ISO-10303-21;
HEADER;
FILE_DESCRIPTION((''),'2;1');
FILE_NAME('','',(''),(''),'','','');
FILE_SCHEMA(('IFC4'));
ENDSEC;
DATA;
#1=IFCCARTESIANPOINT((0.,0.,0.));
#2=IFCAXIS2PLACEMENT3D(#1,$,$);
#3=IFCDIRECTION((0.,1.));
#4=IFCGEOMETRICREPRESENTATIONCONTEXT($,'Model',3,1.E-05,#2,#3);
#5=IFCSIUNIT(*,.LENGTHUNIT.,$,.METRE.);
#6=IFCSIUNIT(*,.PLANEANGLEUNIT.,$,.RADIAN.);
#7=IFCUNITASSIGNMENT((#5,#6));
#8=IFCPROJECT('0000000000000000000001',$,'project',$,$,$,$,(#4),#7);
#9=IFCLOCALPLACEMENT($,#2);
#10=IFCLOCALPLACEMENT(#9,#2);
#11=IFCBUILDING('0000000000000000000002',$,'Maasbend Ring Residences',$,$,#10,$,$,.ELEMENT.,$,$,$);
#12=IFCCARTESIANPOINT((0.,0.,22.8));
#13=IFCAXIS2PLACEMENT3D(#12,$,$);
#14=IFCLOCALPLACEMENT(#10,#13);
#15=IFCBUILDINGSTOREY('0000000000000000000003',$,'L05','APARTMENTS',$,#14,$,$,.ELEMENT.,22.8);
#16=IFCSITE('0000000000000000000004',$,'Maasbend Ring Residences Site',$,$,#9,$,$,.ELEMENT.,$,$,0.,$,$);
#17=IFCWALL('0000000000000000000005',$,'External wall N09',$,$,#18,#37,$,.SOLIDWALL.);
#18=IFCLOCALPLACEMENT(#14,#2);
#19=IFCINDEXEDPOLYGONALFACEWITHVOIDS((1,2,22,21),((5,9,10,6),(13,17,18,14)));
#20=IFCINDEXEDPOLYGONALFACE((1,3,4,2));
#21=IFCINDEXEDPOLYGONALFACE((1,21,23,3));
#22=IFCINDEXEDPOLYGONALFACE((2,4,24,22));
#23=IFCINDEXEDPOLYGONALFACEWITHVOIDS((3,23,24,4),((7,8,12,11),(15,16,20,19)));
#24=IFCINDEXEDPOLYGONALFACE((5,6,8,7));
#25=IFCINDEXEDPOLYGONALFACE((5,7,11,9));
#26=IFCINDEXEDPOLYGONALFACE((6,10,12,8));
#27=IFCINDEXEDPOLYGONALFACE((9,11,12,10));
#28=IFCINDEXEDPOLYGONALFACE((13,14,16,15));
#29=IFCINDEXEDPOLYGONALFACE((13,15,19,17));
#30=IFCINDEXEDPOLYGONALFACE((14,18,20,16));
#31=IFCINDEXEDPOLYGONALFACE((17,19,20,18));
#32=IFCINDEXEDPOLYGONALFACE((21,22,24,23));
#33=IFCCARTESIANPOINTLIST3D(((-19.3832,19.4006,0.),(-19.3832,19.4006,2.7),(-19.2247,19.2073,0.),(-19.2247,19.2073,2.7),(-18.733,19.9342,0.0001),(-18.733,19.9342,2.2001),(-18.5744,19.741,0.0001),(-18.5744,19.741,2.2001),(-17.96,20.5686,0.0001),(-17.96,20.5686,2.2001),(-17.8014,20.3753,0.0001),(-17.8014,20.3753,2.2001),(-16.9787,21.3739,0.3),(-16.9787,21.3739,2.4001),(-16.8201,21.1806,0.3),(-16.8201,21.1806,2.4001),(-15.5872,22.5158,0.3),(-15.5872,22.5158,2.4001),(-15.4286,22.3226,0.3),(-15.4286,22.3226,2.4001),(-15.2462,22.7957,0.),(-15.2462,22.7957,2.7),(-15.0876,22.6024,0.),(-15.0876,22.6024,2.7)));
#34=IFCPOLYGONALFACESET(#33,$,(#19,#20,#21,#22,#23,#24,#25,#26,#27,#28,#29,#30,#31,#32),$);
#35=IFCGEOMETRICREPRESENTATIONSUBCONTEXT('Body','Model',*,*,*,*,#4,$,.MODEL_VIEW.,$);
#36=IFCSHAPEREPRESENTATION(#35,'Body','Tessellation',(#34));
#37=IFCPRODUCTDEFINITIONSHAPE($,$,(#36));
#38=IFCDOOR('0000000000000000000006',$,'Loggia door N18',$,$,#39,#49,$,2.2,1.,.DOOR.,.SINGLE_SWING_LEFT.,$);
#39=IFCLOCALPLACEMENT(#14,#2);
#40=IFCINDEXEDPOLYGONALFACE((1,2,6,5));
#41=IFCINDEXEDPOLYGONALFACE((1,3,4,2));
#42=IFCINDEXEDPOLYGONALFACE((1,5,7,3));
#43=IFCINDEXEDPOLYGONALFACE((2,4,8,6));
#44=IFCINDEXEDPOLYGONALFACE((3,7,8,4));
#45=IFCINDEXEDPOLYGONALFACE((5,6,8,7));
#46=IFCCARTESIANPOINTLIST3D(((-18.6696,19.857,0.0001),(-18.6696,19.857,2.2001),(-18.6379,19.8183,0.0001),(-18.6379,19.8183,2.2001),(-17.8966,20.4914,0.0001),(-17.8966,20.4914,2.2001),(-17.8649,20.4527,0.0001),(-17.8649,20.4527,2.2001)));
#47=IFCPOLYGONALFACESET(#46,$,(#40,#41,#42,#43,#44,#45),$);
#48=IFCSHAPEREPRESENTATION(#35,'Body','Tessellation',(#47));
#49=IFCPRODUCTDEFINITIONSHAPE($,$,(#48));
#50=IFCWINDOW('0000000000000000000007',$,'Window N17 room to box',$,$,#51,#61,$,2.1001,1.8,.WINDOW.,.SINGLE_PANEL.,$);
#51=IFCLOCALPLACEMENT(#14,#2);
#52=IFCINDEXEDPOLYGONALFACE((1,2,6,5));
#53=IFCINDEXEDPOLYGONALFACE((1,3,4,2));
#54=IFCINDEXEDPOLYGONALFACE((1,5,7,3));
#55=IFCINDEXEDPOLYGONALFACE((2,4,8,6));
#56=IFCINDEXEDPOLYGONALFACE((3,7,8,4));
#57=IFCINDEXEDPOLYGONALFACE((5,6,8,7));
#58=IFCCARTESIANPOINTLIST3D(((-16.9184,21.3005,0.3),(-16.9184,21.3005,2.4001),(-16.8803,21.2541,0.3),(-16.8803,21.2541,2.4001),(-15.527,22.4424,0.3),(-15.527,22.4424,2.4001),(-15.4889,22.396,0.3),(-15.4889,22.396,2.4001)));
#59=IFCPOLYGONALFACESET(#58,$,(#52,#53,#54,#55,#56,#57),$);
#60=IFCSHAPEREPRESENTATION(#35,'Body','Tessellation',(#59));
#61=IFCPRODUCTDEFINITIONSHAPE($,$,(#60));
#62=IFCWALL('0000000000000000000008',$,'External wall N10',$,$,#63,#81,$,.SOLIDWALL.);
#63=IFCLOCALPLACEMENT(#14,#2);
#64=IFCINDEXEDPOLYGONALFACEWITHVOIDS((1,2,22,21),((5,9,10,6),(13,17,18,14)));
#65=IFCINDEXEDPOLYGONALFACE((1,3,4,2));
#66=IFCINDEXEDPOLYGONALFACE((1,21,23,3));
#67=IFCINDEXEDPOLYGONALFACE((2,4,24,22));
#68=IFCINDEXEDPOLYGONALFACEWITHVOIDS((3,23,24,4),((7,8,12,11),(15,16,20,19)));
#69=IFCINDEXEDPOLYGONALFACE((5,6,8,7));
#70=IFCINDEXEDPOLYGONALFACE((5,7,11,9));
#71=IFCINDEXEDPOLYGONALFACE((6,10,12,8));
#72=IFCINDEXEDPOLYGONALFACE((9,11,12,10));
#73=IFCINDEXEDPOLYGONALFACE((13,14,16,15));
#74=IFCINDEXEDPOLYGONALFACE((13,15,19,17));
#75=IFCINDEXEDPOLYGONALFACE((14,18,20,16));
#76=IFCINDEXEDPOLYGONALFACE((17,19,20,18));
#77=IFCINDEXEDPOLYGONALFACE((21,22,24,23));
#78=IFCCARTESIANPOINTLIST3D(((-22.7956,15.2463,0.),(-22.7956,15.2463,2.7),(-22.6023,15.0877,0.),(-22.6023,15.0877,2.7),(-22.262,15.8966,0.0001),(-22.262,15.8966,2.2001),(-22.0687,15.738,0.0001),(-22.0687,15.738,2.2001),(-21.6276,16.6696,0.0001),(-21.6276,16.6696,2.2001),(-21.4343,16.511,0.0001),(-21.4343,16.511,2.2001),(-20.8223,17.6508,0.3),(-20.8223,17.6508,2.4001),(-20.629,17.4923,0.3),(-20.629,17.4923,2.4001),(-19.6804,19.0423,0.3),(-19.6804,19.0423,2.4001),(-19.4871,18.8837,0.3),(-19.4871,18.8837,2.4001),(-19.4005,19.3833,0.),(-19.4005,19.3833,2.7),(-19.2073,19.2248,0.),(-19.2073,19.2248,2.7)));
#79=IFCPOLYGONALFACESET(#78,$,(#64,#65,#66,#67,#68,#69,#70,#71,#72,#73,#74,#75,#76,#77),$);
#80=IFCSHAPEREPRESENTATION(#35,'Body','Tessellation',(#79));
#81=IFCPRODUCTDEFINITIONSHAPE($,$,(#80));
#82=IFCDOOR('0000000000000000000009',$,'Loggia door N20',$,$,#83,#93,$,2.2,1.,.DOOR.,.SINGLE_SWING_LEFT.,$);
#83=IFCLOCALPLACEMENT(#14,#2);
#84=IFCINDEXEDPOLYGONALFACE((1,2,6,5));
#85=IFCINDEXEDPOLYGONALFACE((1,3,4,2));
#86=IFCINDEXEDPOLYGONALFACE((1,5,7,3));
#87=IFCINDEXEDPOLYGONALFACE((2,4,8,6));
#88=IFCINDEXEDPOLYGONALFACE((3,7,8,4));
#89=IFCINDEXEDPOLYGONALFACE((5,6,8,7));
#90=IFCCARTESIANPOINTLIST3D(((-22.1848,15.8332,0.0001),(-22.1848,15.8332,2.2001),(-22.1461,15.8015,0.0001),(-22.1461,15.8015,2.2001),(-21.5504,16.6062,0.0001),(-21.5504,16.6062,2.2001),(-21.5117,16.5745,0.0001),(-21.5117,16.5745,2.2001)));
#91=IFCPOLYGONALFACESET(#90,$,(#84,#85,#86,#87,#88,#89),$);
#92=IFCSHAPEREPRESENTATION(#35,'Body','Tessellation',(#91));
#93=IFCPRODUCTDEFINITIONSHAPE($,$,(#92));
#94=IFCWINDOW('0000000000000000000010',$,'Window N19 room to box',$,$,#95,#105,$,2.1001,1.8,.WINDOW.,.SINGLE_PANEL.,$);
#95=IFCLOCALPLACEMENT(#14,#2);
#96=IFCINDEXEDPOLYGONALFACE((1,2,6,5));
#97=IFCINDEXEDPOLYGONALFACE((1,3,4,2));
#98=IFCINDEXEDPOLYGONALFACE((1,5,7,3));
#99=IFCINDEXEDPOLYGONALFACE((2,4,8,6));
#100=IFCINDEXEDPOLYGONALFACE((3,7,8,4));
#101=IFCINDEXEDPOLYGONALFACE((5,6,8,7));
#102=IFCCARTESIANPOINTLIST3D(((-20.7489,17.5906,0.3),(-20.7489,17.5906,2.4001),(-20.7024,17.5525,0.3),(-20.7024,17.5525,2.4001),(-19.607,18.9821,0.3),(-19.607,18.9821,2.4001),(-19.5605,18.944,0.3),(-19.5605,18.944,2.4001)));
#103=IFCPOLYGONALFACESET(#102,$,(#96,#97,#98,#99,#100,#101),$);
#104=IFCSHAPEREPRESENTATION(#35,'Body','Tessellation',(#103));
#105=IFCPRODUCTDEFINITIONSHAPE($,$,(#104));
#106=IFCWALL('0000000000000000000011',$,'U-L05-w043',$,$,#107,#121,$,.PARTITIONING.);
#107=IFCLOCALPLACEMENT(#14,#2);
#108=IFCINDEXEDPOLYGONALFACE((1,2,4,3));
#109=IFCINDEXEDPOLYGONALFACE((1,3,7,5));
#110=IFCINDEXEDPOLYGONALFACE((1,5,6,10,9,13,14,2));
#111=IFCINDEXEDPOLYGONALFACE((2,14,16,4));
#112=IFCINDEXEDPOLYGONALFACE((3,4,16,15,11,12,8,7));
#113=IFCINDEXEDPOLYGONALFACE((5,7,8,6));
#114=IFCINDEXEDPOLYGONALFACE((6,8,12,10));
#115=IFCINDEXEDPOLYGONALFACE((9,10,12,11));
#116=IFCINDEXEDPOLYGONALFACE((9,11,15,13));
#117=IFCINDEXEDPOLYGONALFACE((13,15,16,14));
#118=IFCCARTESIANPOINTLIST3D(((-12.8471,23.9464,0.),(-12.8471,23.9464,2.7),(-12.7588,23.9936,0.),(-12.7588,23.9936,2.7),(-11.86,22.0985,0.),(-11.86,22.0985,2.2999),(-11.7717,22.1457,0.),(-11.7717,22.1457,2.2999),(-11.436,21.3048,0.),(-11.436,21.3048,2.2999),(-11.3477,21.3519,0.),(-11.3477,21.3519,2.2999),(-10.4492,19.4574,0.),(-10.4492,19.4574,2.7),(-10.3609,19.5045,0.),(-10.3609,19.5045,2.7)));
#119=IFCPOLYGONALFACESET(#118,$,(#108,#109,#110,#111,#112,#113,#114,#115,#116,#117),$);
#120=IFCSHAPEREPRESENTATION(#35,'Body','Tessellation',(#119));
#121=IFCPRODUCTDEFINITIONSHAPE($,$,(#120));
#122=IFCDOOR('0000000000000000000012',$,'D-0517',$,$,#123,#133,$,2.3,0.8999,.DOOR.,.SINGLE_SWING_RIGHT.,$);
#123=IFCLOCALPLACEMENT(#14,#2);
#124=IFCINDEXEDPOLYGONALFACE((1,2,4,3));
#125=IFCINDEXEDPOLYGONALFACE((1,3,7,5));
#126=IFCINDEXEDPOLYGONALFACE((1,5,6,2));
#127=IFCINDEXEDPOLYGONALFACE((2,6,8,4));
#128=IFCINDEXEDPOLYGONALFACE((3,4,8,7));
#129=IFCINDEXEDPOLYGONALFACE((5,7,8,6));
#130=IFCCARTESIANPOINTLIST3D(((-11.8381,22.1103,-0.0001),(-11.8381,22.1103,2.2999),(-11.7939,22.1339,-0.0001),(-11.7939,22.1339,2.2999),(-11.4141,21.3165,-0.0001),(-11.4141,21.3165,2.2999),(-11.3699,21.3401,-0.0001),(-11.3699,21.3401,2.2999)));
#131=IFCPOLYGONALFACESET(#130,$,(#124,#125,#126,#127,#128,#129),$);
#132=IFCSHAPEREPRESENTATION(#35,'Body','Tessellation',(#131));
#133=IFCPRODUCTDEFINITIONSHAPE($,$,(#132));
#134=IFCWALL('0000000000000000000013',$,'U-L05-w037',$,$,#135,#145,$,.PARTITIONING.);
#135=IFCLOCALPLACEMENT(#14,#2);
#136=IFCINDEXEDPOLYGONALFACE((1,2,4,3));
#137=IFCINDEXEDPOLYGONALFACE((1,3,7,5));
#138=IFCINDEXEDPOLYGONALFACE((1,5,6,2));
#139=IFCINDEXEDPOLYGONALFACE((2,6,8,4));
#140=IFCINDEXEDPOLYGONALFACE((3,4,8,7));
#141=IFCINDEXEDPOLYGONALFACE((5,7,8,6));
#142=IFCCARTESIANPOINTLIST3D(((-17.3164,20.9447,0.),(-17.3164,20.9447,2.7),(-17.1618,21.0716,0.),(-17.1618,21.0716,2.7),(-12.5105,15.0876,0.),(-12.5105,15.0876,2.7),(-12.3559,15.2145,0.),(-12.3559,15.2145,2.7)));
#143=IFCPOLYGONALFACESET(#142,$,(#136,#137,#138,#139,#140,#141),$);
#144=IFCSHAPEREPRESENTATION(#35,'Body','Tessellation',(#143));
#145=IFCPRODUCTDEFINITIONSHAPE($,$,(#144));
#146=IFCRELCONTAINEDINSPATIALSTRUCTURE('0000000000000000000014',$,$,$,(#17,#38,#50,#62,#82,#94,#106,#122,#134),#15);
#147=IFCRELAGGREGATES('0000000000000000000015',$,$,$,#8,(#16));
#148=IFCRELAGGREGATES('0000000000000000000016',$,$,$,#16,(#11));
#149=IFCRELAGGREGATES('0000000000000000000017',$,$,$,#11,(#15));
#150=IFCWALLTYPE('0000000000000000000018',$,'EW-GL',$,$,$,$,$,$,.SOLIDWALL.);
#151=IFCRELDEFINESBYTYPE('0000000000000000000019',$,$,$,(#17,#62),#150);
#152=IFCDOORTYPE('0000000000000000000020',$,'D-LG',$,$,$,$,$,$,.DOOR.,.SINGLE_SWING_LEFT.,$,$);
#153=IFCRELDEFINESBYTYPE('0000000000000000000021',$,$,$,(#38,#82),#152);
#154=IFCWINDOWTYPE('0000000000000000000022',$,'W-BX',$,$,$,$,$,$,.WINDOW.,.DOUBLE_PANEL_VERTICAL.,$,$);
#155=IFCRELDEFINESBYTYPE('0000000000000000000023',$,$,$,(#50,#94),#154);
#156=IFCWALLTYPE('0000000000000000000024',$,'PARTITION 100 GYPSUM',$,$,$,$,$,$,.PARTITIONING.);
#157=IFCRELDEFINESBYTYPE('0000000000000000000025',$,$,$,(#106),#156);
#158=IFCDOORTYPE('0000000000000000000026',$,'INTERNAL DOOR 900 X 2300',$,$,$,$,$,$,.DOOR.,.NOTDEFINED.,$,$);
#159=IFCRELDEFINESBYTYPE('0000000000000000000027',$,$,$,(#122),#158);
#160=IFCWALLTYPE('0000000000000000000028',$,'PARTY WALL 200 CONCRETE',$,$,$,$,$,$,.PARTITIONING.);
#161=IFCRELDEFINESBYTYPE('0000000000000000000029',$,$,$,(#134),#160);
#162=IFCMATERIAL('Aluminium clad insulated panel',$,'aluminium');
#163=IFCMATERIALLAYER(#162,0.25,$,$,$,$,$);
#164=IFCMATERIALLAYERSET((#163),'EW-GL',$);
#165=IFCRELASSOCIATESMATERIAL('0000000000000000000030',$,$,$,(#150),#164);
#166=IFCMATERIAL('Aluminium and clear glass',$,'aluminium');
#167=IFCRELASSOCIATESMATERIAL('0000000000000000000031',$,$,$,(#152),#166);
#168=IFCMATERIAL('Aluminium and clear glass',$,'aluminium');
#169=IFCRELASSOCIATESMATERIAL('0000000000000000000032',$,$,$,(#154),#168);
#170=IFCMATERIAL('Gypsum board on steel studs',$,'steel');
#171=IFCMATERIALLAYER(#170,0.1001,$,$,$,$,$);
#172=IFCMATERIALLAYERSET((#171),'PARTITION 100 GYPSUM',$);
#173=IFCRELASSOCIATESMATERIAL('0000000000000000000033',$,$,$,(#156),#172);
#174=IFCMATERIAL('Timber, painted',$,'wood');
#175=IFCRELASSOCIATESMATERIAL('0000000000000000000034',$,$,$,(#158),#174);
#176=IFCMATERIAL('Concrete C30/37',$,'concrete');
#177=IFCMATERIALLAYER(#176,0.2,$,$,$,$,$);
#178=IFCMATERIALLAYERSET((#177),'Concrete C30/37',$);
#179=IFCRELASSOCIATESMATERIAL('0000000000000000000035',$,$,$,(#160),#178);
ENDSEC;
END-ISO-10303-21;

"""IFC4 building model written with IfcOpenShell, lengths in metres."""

from ifc_helpers import new_model, si_unit, direction, frame, frame_2d, origin, place, context, subcontext, project, spatial, rectangle, extrude, material, layer, layer_set, type_object, element, fill, save


model = new_model("IFC4")

# Units and contexts
model_context = context("Model", 3, precision=1e-05, world=origin(), true_north=direction((0.0, 1.0)))
body_context = subcontext(model_context, "Body", "Model", "MODEL_VIEW")
ifc_project = project(units=[si_unit("LENGTHUNIT", "METRE"), si_unit("PLANEANGLEUNIT", "RADIAN")], contexts=[model_context])

# Site, building, storey
site_placement = place(None, origin())
site = spatial("IfcSite", under=ifc_project, at=site_placement, Name="Maasbend Ring Residences Site", CompositionType="ELEMENT", RefElevation=0.0)
building_placement = place(site_placement, origin())
building = spatial("IfcBuilding", under=site, at=building_placement, Name="Maasbend Ring Residences", CompositionType="ELEMENT")
storey_placement = place(building_placement, frame((0.0, 0.0, 22.8)))
storey = spatial("IfcBuildingStorey", under=building, at=storey_placement, Name="L05", Description="APARTMENTS", CompositionType="ELEMENT", Elevation=22.8)

# Walls, openings, doors, windows
ifc_material_1 = material(Name="Aluminium clad insulated panel", Category="aluminium")
ifc_layer_1 = layer(ifc_material_1, 0.25)
ifc_layer_set_1 = layer_set([ifc_layer_1], Name="EW-GL")
wall_type_1 = type_object("IfcWallType", Name="EW-GL", PredefinedType="SOLIDWALL", material=ifc_layer_set_1)
wall_1_placement = place(storey_placement, frame((-15.167, 22.699, 0.0), z_axis=(0.0, 0.0, 1.0), x_axis=(-0.773019, -0.634382, 0.0)))
wall_1 = element("IfcWall", 1, at=wall_1_placement, inside=storey, type_object=wall_type_1, Name="External wall N09", PredefinedType="SOLIDWALL", context=body_context, shape_type="SweptSolid", body=[
    extrude(rectangle(XDim=5.3518, YDim=0.25, at=frame_2d((2.6758, 0.0))), origin(), (0.0, 0.0, 1.0), 2.7),
])
opening_1_placement = place(wall_1_placement, frame((0.4412, 0.0, 0.3)))
opening_1 = element("IfcOpeningElement", 2, at=opening_1_placement, cuts=wall_1, PredefinedType="OPENING", context=body_context, shape_type="SweptSolid", body=[
    extrude(rectangle(XDim=1.8, YDim=2.1001, at=frame_2d((0.8999, 1.05))), frame((0.0, 0.135, 0.0), z_axis=(0.0, -1.0, 0.0), x_axis=(1.0, 0.0, 0.0)), (0.0, 0.0, 1.0), 0.27),
])
opening_2_placement = place(wall_1_placement, frame((3.5105, 0.0, 0.0)))
opening_2 = element("IfcOpeningElement", 3, at=opening_2_placement, cuts=wall_1, PredefinedType="OPENING", context=body_context, shape_type="SweptSolid", body=[
    extrude(rectangle(XDim=1.0, YDim=2.2, at=frame_2d((0.5, 1.1001))), frame((0.0, 0.135, 0.0), z_axis=(0.0, -1.0, 0.0), x_axis=(1.0, 0.0, 0.0)), (0.0, 0.0, 1.0), 0.27),
])
ifc_material_2 = material(Name="Aluminium and clear glass", Category="aluminium")
door_type_1 = type_object("IfcDoorType", Name="D-LG", OperationType="SINGLE_SWING_LEFT", PredefinedType="DOOR", material=ifc_material_2)
door_1_placement = place(opening_2_placement, origin())
door_1 = element("IfcDoor", 4, at=door_1_placement, inside=storey, type_object=door_type_1, Name="Loggia door N18", OperationType="SINGLE_SWING_LEFT", OverallHeight=2.2, OverallWidth=1.0, PredefinedType="DOOR", context=body_context, shape_type="SweptSolid", body=[
    extrude(rectangle(XDim=1.0, YDim=2.2, at=frame_2d((0.5, 1.1001))), frame((0.0, 0.0249, 0.0), z_axis=(0.0, -1.0, 0.0), x_axis=(1.0, 0.0, 0.0)), (0.0, 0.0, 1.0), 0.05),
])
fill(opening_2, door_1)
ifc_material_3 = material(Name="Aluminium and clear glass", Category="aluminium")
window_type_1 = type_object("IfcWindowType", Name="W-BX", PartitioningType="DOUBLE_PANEL_VERTICAL", PredefinedType="WINDOW", material=ifc_material_3)
window_1_placement = place(opening_1_placement, origin())
window_1 = element("IfcWindow", 5, at=window_1_placement, inside=storey, type_object=window_type_1, Name="Window N17 room to box", OverallHeight=2.1001, OverallWidth=1.8, PartitioningType="SINGLE_PANEL", PredefinedType="WINDOW", context=body_context, shape_type="SweptSolid", body=[
    extrude(rectangle(XDim=1.8, YDim=2.1001, at=frame_2d((0.8999, 1.05))), frame((0.0, 0.03, 0.0), z_axis=(0.0, -1.0, 0.0), x_axis=(1.0, 0.0, 0.0)), (0.0, 0.0, 1.0), 0.0601),
])
fill(opening_1, window_1)
wall_2_placement = place(storey_placement, frame((-19.304, 19.304, 0.0), z_axis=(0.0, 0.0, 1.0), x_axis=(-0.634382, -0.773019, 0.0)))
wall_2 = element("IfcWall", 6, at=wall_2_placement, inside=storey, type_object=wall_type_1, Name="External wall N10", PredefinedType="SOLIDWALL", context=body_context, shape_type="SweptSolid", body=[
    extrude(rectangle(XDim=5.3518, YDim=0.25, at=frame_2d((2.6758, 0.0))), origin(), (0.0, 0.0, 1.0), 2.7),
])
opening_3_placement = place(wall_2_placement, frame((0.4412, 0.0, 0.3)))
opening_3 = element("IfcOpeningElement", 7, at=opening_3_placement, cuts=wall_2, PredefinedType="OPENING", context=body_context, shape_type="SweptSolid", body=[
    extrude(rectangle(XDim=1.8, YDim=2.1001, at=frame_2d((0.8999, 1.05))), frame((0.0, 0.135, 0.0), z_axis=(0.0, -1.0, 0.0), x_axis=(1.0, 0.0, 0.0)), (0.0, 0.0, 1.0), 0.27),
])
opening_4_placement = place(wall_2_placement, frame((3.5105, 0.0, 0.0)))
opening_4 = element("IfcOpeningElement", 8, at=opening_4_placement, cuts=wall_2, PredefinedType="OPENING", context=body_context, shape_type="SweptSolid", body=[
    extrude(rectangle(XDim=1.0, YDim=2.2, at=frame_2d((0.5, 1.1001))), frame((0.0, 0.135, 0.0), z_axis=(0.0, -1.0, 0.0), x_axis=(1.0, 0.0, 0.0)), (0.0, 0.0, 1.0), 0.27),
])
door_2_placement = place(opening_4_placement, origin())
door_2 = element("IfcDoor", 9, at=door_2_placement, inside=storey, type_object=door_type_1, Name="Loggia door N20", OperationType="SINGLE_SWING_LEFT", OverallHeight=2.2, OverallWidth=1.0, PredefinedType="DOOR", context=body_context, shape_type="SweptSolid", body=[
    extrude(rectangle(XDim=1.0, YDim=2.2, at=frame_2d((0.5, 1.1001))), frame((0.0, 0.0249, 0.0), z_axis=(0.0, -1.0, 0.0), x_axis=(1.0, 0.0, 0.0)), (0.0, 0.0, 1.0), 0.05),
])
fill(opening_4, door_2)
window_2_placement = place(opening_3_placement, origin())
window_2 = element("IfcWindow", 10, at=window_2_placement, inside=storey, type_object=window_type_1, Name="Window N19 room to box", OverallHeight=2.1001, OverallWidth=1.8, PartitioningType="SINGLE_PANEL", PredefinedType="WINDOW", context=body_context, shape_type="SweptSolid", body=[
    extrude(rectangle(XDim=1.8, YDim=2.1001, at=frame_2d((0.8999, 1.05))), frame((0.0, 0.03, 0.0), z_axis=(0.0, -1.0, 0.0), x_axis=(1.0, 0.0, 0.0)), (0.0, 0.0, 1.0), 0.0601),
])
fill(opening_3, window_2)

# Wall, opening, door
ifc_material_4 = material(Name="Gypsum board on steel studs", Category="steel")
ifc_layer_2 = layer(ifc_material_4, 0.1001)
ifc_layer_set_2 = layer_set([ifc_layer_2], Name="PARTITION 100 GYPSUM")
wall_type_2 = type_object("IfcWallType", Name="PARTITION 100 GYPSUM", PredefinedType="PARTITIONING", material=ifc_layer_set_2)
wall_3_placement = place(storey_placement, frame((-12.803, 23.97, 0.0), z_axis=(0.0, 0.0, 1.0), x_axis=(0.471171, -0.882042, 0.0)))
wall_3 = element("IfcWall", 11, at=wall_3_placement, inside=storey, type_object=wall_type_2, Name="U-L05-w043", PredefinedType="PARTITIONING", context=body_context, shape_type="SweptSolid", body=[
    extrude(rectangle(XDim=5.0894, YDim=0.1001, at=frame_2d((2.5447, 0.0))), origin(), (0.0, 0.0, 1.0), 2.7),
])
opening_5_placement = place(wall_3_placement, frame((2.095, 0.0, 0.0)))
opening_5 = element("IfcOpeningElement", 12, at=opening_5_placement, cuts=wall_3, PredefinedType="OPENING", context=body_context, shape_type="SweptSolid", body=[
    extrude(rectangle(XDim=0.8999, YDim=2.3, at=frame_2d((0.45, 1.1499))), frame((0.0, 0.0601, 0.0), z_axis=(0.0, -1.0, 0.0), x_axis=(1.0, 0.0, 0.0)), (0.0, 0.0, 1.0), 0.1201),
])
ifc_material_5 = material(Name="Timber, painted", Category="wood")
door_type_2 = type_object("IfcDoorType", Name="INTERNAL DOOR 900 X 2300", OperationType="NOTDEFINED", PredefinedType="DOOR", material=ifc_material_5)
door_3_placement = place(opening_5_placement, origin())
door_3 = element("IfcDoor", 13, at=door_3_placement, inside=storey, type_object=door_type_2, Name="D-0517", OperationType="SINGLE_SWING_RIGHT", OverallHeight=2.3, OverallWidth=0.8999, PredefinedType="DOOR", context=body_context, shape_type="SweptSolid", body=[
    extrude(rectangle(XDim=0.8999, YDim=2.3, at=frame_2d((0.45, 1.1499))), frame((0.0, 0.0249, 0.0), z_axis=(0.0, -1.0, 0.0), x_axis=(1.0, 0.0, 0.0)), (0.0, 0.0, 1.0), 0.05),
])
fill(opening_5, door_3)

# Wall
ifc_material_6 = material(Name="Concrete C30/37", Category="concrete")
ifc_layer_3 = layer(ifc_material_6, 0.2)
ifc_layer_set_3 = layer_set([ifc_layer_3], Name="Concrete C30/37")
wall_type_3 = type_object("IfcWallType", Name="PARTY WALL 200 CONCRETE", PredefinedType="PARTITIONING", material=ifc_layer_set_3)
wall_4_placement = place(storey_placement, frame((-17.239, 21.0081, 0.0), z_axis=(0.0, 0.0, 1.0), x_axis=(0.634318, -0.773072, 0.0)))
element("IfcWall", 14, at=wall_4_placement, inside=storey, type_object=wall_type_3, Name="U-L05-w037", PredefinedType="PARTITIONING", context=body_context, shape_type="SweptSolid", body=[
    extrude(rectangle(XDim=7.5764, YDim=0.2, at=frame_2d((3.7881, 0.0))), origin(), (0.0, 0.0, 1.0), 2.7),
])

save(model, "model.ifc")
